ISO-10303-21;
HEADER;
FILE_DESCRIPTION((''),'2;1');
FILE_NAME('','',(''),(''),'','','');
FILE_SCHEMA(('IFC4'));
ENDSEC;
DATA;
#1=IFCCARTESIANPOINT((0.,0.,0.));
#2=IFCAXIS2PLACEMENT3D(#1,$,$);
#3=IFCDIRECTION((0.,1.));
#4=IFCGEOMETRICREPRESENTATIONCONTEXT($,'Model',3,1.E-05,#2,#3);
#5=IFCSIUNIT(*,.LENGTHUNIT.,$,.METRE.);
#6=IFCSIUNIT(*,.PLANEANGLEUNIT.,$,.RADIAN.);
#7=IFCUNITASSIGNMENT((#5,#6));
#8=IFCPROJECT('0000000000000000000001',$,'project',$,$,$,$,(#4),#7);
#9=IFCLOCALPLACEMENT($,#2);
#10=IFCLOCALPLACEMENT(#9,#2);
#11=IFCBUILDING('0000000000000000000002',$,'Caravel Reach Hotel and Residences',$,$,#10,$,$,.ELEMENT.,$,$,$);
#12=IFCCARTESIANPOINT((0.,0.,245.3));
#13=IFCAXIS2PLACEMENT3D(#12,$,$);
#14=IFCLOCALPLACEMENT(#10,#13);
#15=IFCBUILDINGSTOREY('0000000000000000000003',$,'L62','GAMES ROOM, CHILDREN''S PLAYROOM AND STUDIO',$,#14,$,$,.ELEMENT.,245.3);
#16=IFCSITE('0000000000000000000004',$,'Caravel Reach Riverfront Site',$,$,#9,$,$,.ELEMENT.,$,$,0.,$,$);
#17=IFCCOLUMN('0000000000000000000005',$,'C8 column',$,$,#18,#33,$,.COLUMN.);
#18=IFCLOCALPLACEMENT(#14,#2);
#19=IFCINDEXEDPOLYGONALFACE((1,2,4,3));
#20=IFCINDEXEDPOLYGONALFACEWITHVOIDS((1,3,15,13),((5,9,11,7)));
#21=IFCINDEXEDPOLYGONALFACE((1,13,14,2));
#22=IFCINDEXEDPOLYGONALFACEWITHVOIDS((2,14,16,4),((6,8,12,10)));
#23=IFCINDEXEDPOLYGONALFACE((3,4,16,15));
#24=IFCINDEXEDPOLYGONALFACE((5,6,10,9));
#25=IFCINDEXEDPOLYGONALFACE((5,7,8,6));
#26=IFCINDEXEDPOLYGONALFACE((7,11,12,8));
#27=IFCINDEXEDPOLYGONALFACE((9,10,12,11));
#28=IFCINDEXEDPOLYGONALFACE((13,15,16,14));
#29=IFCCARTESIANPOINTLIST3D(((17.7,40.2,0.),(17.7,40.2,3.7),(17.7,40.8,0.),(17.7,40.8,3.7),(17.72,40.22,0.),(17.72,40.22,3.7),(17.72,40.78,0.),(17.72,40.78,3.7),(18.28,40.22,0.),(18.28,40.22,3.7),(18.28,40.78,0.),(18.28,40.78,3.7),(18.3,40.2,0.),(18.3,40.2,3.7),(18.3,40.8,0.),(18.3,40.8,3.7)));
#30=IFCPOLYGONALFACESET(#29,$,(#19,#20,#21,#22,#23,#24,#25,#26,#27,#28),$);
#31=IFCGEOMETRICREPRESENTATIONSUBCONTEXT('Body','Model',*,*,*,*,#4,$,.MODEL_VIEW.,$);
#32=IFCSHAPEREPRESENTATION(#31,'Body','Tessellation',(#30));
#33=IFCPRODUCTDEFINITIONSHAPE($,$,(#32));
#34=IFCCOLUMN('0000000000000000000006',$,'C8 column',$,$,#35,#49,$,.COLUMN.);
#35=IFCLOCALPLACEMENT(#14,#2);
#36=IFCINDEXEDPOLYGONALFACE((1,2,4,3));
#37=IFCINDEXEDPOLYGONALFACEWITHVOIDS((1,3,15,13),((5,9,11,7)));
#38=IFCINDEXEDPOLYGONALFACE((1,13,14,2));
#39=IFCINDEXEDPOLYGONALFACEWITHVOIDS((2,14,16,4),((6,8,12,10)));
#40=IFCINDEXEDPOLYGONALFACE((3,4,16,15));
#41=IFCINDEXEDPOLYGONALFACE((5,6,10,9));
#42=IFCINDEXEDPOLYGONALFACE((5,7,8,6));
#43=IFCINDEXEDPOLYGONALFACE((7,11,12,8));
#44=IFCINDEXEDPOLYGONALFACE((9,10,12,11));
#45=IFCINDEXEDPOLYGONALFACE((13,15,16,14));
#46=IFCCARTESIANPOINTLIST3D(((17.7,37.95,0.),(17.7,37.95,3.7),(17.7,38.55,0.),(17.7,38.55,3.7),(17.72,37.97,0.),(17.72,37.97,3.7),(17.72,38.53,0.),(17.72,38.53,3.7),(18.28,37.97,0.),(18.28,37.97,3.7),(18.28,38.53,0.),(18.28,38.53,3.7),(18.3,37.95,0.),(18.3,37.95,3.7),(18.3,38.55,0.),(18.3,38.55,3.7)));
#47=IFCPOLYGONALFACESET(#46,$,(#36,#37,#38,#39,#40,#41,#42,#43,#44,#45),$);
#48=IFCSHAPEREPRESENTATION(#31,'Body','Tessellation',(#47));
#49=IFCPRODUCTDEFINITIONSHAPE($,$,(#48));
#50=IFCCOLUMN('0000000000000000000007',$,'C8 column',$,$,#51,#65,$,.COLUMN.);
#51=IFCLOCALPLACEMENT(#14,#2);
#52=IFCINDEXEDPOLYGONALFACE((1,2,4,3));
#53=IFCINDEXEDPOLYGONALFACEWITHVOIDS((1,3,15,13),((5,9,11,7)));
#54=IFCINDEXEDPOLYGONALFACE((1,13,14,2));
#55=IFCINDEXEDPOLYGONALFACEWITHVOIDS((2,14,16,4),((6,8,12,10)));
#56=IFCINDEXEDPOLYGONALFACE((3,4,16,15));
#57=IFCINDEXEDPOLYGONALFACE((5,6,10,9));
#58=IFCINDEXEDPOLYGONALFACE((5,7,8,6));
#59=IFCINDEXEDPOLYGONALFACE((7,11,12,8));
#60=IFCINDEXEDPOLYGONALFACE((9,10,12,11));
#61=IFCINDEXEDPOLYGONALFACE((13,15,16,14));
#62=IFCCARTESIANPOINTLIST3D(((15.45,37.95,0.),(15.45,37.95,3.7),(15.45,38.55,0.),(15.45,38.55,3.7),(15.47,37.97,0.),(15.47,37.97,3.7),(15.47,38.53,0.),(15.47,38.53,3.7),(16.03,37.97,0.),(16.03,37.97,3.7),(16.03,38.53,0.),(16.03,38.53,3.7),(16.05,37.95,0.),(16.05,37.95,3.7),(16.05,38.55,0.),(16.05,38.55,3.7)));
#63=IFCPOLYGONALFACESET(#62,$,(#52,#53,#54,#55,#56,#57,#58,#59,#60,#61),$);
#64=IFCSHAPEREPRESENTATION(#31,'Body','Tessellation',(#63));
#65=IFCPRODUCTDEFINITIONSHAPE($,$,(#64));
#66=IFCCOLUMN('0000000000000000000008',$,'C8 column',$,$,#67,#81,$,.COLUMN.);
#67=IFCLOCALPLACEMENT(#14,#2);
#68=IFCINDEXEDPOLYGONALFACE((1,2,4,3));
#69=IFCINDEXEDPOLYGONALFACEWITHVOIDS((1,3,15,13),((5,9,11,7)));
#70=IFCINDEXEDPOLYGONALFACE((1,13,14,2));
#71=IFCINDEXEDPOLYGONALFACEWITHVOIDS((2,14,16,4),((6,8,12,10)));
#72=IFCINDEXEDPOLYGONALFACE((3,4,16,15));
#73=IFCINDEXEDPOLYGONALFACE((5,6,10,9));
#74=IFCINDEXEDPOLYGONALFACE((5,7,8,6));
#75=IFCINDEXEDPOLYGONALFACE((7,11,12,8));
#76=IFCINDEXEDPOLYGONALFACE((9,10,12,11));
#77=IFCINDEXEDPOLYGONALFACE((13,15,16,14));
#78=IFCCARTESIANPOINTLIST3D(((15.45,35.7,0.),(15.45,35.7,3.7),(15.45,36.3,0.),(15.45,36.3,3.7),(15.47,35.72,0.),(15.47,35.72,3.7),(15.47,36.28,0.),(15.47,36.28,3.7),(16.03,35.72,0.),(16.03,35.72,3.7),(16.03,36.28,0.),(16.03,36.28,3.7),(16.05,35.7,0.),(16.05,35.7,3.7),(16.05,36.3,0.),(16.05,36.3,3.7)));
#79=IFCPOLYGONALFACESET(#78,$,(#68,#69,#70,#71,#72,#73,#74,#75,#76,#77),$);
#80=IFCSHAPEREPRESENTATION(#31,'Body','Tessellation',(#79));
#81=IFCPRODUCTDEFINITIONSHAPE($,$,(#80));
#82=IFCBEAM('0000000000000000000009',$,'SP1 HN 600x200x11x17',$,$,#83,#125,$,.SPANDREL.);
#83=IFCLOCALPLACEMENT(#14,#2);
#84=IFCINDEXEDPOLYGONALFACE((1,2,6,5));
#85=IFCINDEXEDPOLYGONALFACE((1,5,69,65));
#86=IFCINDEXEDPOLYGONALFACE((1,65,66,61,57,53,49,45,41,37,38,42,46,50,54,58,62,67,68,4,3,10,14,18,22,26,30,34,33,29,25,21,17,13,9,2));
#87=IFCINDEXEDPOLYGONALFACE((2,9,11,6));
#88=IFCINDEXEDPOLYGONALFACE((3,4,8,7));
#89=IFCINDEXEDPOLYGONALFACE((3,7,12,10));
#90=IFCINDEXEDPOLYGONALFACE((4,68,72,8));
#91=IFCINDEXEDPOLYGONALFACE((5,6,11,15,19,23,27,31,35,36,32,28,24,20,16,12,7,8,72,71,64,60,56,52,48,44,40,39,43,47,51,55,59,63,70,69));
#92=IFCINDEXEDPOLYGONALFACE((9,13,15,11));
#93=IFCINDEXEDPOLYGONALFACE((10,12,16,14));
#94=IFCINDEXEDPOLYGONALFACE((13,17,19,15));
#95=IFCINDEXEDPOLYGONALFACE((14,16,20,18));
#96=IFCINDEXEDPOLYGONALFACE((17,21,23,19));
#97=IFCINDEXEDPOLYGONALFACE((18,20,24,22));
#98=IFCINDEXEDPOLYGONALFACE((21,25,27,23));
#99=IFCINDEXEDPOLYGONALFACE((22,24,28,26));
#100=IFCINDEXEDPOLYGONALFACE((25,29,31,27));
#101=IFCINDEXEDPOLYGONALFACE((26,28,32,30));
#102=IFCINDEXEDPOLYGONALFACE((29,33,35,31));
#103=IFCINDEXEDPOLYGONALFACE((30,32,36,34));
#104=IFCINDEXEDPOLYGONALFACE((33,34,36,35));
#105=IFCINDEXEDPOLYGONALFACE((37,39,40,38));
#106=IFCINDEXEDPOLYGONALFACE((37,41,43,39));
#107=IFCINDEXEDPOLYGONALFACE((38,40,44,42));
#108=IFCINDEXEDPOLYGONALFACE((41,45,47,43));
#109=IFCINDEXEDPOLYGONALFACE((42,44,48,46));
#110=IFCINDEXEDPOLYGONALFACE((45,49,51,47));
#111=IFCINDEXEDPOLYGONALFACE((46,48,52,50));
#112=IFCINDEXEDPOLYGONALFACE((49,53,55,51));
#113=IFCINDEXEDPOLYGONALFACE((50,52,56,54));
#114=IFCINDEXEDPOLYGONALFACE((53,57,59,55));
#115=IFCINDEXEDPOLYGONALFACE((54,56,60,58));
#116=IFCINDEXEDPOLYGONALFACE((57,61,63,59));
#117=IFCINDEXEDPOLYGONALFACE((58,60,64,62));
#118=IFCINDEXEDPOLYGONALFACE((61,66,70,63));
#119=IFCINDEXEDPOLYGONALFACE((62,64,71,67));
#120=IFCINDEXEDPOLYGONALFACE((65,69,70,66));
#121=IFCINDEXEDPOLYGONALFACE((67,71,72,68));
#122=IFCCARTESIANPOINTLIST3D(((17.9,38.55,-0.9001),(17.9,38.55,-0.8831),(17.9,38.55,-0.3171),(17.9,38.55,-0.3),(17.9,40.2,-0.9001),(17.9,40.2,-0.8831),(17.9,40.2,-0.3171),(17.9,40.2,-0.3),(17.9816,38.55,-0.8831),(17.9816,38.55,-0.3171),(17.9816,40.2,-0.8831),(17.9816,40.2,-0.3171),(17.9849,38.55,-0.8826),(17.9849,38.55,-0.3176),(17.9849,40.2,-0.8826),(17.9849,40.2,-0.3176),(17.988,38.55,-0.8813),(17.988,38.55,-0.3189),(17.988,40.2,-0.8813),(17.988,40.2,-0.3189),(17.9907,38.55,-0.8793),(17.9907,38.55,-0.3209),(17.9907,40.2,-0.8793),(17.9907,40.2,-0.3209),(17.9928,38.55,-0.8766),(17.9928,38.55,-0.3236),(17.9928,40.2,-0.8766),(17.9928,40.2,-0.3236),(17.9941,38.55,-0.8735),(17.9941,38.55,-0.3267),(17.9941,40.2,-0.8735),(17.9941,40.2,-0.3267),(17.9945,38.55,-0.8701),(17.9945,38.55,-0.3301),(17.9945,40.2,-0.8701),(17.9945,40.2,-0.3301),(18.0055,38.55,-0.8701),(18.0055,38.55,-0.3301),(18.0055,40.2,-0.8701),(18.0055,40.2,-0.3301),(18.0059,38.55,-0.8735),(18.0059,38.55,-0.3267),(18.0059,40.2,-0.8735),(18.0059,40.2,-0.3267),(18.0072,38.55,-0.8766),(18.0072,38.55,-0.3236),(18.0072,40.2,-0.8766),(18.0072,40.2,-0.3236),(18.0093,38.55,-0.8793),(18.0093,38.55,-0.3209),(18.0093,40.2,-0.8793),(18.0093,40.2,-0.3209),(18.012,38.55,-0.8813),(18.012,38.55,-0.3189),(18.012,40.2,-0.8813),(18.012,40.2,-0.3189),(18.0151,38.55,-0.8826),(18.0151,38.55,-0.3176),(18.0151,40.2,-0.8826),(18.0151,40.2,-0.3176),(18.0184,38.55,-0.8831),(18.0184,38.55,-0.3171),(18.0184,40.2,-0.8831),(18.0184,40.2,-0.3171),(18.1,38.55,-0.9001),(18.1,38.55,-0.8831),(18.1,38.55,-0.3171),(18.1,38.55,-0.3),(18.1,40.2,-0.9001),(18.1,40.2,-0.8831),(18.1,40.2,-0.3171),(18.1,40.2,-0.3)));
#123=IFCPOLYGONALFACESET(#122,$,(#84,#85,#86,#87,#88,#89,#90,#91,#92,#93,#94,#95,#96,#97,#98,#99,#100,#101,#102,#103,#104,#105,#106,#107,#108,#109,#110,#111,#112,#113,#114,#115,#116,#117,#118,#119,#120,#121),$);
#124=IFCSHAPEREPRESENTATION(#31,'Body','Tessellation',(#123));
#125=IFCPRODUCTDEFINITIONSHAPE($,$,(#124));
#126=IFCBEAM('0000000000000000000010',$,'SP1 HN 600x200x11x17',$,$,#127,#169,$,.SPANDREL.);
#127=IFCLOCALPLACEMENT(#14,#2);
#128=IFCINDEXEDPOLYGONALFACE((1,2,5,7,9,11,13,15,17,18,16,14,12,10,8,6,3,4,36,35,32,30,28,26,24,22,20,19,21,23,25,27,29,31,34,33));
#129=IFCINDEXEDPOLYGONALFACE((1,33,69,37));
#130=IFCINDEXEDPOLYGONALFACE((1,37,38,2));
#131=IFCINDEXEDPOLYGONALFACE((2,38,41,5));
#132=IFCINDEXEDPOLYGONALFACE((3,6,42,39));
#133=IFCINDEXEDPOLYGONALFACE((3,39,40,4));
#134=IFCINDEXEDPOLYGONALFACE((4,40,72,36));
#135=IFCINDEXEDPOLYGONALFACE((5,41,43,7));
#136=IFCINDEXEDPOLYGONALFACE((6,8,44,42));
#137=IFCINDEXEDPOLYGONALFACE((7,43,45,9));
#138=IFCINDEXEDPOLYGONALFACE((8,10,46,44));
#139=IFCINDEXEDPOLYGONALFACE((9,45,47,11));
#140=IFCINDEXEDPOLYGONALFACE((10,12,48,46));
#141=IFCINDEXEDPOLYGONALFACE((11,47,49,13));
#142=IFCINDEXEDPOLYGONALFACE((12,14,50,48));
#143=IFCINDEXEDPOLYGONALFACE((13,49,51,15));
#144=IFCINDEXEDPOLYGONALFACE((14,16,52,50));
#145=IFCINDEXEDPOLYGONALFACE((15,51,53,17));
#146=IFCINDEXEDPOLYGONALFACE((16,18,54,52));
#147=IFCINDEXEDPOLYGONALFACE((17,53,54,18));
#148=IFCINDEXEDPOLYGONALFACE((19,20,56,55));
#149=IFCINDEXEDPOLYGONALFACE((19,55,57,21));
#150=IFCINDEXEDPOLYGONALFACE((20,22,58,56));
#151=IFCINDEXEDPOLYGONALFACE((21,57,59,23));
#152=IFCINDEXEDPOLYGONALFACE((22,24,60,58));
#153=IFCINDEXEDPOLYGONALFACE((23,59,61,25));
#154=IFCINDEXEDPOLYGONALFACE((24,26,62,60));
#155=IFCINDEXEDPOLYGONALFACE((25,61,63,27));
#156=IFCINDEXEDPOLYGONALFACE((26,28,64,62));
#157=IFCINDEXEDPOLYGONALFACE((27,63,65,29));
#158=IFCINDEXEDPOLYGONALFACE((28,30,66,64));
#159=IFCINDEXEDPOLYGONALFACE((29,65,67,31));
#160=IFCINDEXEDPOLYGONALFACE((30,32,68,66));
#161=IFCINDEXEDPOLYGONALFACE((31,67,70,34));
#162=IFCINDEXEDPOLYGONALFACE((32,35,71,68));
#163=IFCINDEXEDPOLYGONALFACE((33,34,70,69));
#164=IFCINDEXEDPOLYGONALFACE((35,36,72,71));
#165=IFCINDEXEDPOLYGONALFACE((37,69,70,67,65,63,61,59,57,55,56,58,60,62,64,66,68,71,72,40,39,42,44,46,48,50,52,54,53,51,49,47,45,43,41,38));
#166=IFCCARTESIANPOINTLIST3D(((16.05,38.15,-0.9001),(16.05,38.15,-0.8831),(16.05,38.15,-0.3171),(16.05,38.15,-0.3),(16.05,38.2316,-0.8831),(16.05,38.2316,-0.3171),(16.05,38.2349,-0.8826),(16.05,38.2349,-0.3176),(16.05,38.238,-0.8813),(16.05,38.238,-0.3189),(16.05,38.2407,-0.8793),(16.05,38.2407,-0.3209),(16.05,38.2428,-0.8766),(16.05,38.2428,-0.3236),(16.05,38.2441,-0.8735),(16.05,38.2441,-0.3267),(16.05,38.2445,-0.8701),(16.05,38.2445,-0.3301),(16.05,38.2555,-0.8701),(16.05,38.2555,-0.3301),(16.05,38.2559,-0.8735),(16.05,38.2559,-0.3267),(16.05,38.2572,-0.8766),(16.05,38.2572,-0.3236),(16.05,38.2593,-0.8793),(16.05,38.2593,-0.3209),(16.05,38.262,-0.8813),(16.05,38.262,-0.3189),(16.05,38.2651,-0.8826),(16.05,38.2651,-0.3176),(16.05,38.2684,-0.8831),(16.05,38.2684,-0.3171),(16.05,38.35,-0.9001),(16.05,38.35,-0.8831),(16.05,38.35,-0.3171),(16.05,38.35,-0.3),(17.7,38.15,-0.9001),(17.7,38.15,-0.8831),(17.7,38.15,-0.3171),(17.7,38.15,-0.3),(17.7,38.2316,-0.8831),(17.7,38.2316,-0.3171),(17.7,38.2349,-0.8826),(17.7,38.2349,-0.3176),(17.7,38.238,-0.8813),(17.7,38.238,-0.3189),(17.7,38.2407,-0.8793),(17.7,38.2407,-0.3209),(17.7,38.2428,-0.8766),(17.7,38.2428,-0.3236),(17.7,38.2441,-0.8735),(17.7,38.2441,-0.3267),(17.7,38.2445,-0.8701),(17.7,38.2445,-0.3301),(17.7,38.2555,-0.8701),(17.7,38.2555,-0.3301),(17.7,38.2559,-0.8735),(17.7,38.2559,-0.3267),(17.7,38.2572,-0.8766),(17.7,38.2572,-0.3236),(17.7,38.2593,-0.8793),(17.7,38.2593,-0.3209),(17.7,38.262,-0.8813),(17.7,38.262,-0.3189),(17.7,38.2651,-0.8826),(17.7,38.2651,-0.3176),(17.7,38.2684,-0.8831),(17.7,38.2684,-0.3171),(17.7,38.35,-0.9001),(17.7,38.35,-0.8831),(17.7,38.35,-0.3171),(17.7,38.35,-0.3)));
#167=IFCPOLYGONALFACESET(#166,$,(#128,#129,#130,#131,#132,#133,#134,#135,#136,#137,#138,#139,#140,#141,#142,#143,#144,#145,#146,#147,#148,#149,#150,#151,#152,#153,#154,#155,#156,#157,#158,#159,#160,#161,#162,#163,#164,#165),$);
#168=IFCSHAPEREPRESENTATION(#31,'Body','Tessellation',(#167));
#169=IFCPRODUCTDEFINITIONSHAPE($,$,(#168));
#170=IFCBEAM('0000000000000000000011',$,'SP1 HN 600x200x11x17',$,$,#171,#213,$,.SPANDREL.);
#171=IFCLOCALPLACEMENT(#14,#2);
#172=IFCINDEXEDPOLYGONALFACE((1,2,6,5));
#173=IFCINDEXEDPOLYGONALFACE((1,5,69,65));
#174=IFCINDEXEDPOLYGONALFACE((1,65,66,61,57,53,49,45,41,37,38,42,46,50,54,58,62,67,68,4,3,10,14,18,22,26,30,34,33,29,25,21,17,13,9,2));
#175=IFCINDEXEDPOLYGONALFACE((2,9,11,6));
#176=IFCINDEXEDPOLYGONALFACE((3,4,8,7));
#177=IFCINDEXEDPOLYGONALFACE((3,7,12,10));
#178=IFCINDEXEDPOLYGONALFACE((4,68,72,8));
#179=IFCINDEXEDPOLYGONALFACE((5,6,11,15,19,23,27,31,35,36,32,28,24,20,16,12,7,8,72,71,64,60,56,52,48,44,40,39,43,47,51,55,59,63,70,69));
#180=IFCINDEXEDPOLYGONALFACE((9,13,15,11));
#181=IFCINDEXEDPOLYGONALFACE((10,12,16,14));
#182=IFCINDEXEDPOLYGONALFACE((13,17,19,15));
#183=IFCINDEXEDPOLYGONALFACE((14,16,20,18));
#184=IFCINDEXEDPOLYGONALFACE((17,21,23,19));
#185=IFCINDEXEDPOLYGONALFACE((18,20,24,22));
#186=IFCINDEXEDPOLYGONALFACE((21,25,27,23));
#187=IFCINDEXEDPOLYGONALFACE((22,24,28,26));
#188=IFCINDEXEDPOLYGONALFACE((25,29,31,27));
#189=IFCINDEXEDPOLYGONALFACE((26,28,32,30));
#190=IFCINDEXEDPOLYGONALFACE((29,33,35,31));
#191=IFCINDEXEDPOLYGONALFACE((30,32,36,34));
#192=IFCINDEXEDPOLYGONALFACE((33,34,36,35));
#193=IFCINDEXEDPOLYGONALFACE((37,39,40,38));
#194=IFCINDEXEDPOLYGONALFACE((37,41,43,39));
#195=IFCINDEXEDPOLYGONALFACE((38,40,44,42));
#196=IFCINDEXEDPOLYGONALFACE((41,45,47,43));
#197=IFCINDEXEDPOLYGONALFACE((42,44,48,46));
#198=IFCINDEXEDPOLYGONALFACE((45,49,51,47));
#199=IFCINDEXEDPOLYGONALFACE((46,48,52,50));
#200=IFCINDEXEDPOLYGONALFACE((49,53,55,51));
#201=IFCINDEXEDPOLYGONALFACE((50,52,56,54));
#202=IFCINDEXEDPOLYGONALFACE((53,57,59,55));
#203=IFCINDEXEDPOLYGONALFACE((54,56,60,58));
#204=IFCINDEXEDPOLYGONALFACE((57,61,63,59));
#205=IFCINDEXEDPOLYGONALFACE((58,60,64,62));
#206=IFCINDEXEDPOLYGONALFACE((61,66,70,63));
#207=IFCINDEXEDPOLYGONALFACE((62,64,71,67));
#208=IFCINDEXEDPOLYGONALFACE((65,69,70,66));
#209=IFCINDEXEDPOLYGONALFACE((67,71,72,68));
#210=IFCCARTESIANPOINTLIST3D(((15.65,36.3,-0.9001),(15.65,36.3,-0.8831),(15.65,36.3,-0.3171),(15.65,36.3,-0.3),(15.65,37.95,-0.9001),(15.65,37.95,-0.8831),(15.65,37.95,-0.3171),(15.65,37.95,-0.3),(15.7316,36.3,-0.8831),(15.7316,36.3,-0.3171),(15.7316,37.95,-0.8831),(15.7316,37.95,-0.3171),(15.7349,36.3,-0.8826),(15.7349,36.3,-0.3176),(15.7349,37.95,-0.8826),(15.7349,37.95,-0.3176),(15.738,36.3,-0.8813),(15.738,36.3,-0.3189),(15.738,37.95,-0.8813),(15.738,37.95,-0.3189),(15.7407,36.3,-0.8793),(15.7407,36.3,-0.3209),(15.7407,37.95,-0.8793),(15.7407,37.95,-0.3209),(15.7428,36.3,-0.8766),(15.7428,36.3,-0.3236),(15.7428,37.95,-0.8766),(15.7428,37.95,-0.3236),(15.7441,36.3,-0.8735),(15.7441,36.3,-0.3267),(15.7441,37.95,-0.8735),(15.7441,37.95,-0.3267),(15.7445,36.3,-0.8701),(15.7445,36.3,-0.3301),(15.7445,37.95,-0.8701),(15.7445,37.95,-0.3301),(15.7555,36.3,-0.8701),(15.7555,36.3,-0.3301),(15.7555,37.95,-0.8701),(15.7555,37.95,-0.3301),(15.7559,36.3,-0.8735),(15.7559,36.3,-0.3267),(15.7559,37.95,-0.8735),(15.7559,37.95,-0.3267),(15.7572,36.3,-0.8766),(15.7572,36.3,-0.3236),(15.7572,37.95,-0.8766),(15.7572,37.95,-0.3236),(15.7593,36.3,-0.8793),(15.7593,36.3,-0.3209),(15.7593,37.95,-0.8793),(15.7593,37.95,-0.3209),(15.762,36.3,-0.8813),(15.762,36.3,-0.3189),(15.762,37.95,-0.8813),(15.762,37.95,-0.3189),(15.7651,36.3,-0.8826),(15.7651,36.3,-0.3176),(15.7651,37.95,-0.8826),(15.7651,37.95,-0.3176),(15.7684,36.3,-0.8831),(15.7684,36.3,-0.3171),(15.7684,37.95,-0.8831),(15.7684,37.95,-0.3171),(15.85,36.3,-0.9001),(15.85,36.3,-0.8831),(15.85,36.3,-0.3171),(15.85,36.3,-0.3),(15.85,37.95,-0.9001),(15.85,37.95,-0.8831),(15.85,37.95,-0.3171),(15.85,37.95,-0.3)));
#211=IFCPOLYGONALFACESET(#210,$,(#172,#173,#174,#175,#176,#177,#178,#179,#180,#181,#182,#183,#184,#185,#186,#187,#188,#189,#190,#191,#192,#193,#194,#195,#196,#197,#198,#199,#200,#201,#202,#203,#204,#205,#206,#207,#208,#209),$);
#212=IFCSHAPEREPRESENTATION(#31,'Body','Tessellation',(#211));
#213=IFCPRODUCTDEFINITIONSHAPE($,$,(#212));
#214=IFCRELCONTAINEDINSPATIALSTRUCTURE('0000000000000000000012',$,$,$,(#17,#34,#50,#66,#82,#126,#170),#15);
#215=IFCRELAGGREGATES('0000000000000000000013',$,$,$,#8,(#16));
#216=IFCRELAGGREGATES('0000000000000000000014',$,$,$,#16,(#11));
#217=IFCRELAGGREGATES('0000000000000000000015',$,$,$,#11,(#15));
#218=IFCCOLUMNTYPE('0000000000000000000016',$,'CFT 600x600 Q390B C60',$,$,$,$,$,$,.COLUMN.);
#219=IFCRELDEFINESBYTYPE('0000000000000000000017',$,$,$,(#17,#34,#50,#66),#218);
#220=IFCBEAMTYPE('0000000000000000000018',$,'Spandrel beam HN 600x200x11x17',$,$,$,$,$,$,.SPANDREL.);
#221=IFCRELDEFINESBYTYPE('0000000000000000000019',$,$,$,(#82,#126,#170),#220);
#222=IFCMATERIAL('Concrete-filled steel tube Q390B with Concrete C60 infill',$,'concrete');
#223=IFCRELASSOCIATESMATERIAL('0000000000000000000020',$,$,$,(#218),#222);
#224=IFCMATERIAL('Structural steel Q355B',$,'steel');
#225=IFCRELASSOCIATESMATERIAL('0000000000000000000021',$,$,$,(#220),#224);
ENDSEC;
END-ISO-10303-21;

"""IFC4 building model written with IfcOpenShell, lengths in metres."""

from ifc_helpers import new_model, si_unit, direction, frame, origin, origin_2d, place, context, subcontext, project, spatial, hollow_rectangle, i_section, extrude, material, material_profile, profile_set, type_object, element, save


model = new_model("IFC4")

# Units and contexts
model_context = context("Model", 3, precision=1e-05, world=origin(), true_north=direction((0.0, 1.0)))
body_context = subcontext(model_context, "Body", "Model", "MODEL_VIEW")
ifc_project = project(units=[si_unit("LENGTHUNIT", "METRE"), si_unit("PLANEANGLEUNIT", "RADIAN")], contexts=[model_context])

# Site, building, storey
site_placement = place(None, origin())
site = spatial("IfcSite", under=ifc_project, at=site_placement, Name="Caravel Reach Riverfront Site", CompositionType="ELEMENT", RefElevation=0.0)
building_placement = place(site_placement, origin())
building = spatial("IfcBuilding", under=site, at=building_placement, Name="Caravel Reach Hotel and Residences", CompositionType="ELEMENT")
storey_placement = place(building_placement, frame((0.0, 0.0, 245.3)))
storey = spatial("IfcBuildingStorey", under=building, at=storey_placement, Name="L62", Description="GAMES ROOM, CHILDREN'S PLAYROOM AND STUDIO", CompositionType="ELEMENT", Elevation=245.3)

# Columns
ifc_material_1 = material(Name="Concrete-filled steel tube Q390B with Concrete C60 infill", Category="concrete")
ifc_material_profile_1 = material_profile(ifc_material_1, hollow_rectangle(XDim=0.6001, YDim=0.6001, WallThickness=0.02, at=origin_2d()), Name="RHS 600x600x20")
ifc_profile_set_1 = profile_set([ifc_material_profile_1], Name="Concrete-filled steel tube Q390B with Concrete C60 infill")
column_type = type_object("IfcColumnType", Name="CFT 600x600 Q390B C60", PredefinedType="COLUMN", material=ifc_profile_set_1)
for number, where, z_axis, x_axis, name in (
    (1, (18.0, 40.5, 0.0), (0.0, 0.0, 1.0), (1.0, 0.0, 0.0), "C8 column"),
    (2, (18.0, 38.25, 0.0), (0.0, 0.0, 1.0), (1.0, 0.0, 0.0), "C8 column"),
    (3, (15.75, 38.25, 0.0), (0.0, 0.0, 1.0), (1.0, 0.0, 0.0), "C8 column"),
    (4, (15.75, 36.0, 0.0), (0.0, 0.0, 1.0), (1.0, 0.0, 0.0), "C8 column"),
):
    element("IfcColumn", number, at=place(storey_placement, frame(where, z_axis=z_axis, x_axis=x_axis)), inside=storey, type_object=column_type, Name=name, PredefinedType="COLUMN", context=body_context, shape_type="SweptSolid", body=[
        extrude(hollow_rectangle(XDim=0.6001, YDim=0.6001, WallThickness=0.02, at=origin_2d()), origin(), (0.0, 0.0, 1.0), 3.7),
    ])

# Beams
ifc_material_2 = material(Name="Structural steel Q355B", Category="steel")
ifc_material_profile_2 = material_profile(ifc_material_2, i_section(OverallWidth=0.2, OverallDepth=0.6001, WebThickness=0.011, FlangeThickness=0.0171, FilletRadius=0.0129, at=origin_2d()), Name="HN 600x200x11x17")
ifc_profile_set_2 = profile_set([ifc_material_profile_2], Name="Structural steel Q355B")
beam_type = type_object("IfcBeamType", Name="Spandrel beam HN 600x200x11x17", PredefinedType="SPANDREL", material=ifc_profile_set_2)
for number, where, z_axis, x_axis, name in (
    (5, (18.0, 40.2, -0.6001), (0.0, -1.0, 0.0), (1.0, 0.0, 0.0), "SP1 HN 600x200x11x17"),
    (6, (17.7, 38.25, -0.6001), (-1.0, 0.0, 0.0), (0.0, -1.0, 0.0), "SP1 HN 600x200x11x17"),
    (7, (15.75, 37.95, -0.6001), (0.0, -1.0, 0.0), (1.0, 0.0, 0.0), "SP1 HN 600x200x11x17"),
):
    element("IfcBeam", number, at=place(storey_placement, frame(where, z_axis=z_axis, x_axis=x_axis)), inside=storey, type_object=beam_type, Name=name, PredefinedType="SPANDREL", context=body_context, shape_type="SweptSolid", body=[
        extrude(i_section(OverallWidth=0.2, OverallDepth=0.6001, WebThickness=0.011, FlangeThickness=0.0171, FilletRadius=0.0129, at=origin_2d()), origin(), (0.0, 0.0, 1.0), 1.6499),
    ])

save(model, "model.ifc")
